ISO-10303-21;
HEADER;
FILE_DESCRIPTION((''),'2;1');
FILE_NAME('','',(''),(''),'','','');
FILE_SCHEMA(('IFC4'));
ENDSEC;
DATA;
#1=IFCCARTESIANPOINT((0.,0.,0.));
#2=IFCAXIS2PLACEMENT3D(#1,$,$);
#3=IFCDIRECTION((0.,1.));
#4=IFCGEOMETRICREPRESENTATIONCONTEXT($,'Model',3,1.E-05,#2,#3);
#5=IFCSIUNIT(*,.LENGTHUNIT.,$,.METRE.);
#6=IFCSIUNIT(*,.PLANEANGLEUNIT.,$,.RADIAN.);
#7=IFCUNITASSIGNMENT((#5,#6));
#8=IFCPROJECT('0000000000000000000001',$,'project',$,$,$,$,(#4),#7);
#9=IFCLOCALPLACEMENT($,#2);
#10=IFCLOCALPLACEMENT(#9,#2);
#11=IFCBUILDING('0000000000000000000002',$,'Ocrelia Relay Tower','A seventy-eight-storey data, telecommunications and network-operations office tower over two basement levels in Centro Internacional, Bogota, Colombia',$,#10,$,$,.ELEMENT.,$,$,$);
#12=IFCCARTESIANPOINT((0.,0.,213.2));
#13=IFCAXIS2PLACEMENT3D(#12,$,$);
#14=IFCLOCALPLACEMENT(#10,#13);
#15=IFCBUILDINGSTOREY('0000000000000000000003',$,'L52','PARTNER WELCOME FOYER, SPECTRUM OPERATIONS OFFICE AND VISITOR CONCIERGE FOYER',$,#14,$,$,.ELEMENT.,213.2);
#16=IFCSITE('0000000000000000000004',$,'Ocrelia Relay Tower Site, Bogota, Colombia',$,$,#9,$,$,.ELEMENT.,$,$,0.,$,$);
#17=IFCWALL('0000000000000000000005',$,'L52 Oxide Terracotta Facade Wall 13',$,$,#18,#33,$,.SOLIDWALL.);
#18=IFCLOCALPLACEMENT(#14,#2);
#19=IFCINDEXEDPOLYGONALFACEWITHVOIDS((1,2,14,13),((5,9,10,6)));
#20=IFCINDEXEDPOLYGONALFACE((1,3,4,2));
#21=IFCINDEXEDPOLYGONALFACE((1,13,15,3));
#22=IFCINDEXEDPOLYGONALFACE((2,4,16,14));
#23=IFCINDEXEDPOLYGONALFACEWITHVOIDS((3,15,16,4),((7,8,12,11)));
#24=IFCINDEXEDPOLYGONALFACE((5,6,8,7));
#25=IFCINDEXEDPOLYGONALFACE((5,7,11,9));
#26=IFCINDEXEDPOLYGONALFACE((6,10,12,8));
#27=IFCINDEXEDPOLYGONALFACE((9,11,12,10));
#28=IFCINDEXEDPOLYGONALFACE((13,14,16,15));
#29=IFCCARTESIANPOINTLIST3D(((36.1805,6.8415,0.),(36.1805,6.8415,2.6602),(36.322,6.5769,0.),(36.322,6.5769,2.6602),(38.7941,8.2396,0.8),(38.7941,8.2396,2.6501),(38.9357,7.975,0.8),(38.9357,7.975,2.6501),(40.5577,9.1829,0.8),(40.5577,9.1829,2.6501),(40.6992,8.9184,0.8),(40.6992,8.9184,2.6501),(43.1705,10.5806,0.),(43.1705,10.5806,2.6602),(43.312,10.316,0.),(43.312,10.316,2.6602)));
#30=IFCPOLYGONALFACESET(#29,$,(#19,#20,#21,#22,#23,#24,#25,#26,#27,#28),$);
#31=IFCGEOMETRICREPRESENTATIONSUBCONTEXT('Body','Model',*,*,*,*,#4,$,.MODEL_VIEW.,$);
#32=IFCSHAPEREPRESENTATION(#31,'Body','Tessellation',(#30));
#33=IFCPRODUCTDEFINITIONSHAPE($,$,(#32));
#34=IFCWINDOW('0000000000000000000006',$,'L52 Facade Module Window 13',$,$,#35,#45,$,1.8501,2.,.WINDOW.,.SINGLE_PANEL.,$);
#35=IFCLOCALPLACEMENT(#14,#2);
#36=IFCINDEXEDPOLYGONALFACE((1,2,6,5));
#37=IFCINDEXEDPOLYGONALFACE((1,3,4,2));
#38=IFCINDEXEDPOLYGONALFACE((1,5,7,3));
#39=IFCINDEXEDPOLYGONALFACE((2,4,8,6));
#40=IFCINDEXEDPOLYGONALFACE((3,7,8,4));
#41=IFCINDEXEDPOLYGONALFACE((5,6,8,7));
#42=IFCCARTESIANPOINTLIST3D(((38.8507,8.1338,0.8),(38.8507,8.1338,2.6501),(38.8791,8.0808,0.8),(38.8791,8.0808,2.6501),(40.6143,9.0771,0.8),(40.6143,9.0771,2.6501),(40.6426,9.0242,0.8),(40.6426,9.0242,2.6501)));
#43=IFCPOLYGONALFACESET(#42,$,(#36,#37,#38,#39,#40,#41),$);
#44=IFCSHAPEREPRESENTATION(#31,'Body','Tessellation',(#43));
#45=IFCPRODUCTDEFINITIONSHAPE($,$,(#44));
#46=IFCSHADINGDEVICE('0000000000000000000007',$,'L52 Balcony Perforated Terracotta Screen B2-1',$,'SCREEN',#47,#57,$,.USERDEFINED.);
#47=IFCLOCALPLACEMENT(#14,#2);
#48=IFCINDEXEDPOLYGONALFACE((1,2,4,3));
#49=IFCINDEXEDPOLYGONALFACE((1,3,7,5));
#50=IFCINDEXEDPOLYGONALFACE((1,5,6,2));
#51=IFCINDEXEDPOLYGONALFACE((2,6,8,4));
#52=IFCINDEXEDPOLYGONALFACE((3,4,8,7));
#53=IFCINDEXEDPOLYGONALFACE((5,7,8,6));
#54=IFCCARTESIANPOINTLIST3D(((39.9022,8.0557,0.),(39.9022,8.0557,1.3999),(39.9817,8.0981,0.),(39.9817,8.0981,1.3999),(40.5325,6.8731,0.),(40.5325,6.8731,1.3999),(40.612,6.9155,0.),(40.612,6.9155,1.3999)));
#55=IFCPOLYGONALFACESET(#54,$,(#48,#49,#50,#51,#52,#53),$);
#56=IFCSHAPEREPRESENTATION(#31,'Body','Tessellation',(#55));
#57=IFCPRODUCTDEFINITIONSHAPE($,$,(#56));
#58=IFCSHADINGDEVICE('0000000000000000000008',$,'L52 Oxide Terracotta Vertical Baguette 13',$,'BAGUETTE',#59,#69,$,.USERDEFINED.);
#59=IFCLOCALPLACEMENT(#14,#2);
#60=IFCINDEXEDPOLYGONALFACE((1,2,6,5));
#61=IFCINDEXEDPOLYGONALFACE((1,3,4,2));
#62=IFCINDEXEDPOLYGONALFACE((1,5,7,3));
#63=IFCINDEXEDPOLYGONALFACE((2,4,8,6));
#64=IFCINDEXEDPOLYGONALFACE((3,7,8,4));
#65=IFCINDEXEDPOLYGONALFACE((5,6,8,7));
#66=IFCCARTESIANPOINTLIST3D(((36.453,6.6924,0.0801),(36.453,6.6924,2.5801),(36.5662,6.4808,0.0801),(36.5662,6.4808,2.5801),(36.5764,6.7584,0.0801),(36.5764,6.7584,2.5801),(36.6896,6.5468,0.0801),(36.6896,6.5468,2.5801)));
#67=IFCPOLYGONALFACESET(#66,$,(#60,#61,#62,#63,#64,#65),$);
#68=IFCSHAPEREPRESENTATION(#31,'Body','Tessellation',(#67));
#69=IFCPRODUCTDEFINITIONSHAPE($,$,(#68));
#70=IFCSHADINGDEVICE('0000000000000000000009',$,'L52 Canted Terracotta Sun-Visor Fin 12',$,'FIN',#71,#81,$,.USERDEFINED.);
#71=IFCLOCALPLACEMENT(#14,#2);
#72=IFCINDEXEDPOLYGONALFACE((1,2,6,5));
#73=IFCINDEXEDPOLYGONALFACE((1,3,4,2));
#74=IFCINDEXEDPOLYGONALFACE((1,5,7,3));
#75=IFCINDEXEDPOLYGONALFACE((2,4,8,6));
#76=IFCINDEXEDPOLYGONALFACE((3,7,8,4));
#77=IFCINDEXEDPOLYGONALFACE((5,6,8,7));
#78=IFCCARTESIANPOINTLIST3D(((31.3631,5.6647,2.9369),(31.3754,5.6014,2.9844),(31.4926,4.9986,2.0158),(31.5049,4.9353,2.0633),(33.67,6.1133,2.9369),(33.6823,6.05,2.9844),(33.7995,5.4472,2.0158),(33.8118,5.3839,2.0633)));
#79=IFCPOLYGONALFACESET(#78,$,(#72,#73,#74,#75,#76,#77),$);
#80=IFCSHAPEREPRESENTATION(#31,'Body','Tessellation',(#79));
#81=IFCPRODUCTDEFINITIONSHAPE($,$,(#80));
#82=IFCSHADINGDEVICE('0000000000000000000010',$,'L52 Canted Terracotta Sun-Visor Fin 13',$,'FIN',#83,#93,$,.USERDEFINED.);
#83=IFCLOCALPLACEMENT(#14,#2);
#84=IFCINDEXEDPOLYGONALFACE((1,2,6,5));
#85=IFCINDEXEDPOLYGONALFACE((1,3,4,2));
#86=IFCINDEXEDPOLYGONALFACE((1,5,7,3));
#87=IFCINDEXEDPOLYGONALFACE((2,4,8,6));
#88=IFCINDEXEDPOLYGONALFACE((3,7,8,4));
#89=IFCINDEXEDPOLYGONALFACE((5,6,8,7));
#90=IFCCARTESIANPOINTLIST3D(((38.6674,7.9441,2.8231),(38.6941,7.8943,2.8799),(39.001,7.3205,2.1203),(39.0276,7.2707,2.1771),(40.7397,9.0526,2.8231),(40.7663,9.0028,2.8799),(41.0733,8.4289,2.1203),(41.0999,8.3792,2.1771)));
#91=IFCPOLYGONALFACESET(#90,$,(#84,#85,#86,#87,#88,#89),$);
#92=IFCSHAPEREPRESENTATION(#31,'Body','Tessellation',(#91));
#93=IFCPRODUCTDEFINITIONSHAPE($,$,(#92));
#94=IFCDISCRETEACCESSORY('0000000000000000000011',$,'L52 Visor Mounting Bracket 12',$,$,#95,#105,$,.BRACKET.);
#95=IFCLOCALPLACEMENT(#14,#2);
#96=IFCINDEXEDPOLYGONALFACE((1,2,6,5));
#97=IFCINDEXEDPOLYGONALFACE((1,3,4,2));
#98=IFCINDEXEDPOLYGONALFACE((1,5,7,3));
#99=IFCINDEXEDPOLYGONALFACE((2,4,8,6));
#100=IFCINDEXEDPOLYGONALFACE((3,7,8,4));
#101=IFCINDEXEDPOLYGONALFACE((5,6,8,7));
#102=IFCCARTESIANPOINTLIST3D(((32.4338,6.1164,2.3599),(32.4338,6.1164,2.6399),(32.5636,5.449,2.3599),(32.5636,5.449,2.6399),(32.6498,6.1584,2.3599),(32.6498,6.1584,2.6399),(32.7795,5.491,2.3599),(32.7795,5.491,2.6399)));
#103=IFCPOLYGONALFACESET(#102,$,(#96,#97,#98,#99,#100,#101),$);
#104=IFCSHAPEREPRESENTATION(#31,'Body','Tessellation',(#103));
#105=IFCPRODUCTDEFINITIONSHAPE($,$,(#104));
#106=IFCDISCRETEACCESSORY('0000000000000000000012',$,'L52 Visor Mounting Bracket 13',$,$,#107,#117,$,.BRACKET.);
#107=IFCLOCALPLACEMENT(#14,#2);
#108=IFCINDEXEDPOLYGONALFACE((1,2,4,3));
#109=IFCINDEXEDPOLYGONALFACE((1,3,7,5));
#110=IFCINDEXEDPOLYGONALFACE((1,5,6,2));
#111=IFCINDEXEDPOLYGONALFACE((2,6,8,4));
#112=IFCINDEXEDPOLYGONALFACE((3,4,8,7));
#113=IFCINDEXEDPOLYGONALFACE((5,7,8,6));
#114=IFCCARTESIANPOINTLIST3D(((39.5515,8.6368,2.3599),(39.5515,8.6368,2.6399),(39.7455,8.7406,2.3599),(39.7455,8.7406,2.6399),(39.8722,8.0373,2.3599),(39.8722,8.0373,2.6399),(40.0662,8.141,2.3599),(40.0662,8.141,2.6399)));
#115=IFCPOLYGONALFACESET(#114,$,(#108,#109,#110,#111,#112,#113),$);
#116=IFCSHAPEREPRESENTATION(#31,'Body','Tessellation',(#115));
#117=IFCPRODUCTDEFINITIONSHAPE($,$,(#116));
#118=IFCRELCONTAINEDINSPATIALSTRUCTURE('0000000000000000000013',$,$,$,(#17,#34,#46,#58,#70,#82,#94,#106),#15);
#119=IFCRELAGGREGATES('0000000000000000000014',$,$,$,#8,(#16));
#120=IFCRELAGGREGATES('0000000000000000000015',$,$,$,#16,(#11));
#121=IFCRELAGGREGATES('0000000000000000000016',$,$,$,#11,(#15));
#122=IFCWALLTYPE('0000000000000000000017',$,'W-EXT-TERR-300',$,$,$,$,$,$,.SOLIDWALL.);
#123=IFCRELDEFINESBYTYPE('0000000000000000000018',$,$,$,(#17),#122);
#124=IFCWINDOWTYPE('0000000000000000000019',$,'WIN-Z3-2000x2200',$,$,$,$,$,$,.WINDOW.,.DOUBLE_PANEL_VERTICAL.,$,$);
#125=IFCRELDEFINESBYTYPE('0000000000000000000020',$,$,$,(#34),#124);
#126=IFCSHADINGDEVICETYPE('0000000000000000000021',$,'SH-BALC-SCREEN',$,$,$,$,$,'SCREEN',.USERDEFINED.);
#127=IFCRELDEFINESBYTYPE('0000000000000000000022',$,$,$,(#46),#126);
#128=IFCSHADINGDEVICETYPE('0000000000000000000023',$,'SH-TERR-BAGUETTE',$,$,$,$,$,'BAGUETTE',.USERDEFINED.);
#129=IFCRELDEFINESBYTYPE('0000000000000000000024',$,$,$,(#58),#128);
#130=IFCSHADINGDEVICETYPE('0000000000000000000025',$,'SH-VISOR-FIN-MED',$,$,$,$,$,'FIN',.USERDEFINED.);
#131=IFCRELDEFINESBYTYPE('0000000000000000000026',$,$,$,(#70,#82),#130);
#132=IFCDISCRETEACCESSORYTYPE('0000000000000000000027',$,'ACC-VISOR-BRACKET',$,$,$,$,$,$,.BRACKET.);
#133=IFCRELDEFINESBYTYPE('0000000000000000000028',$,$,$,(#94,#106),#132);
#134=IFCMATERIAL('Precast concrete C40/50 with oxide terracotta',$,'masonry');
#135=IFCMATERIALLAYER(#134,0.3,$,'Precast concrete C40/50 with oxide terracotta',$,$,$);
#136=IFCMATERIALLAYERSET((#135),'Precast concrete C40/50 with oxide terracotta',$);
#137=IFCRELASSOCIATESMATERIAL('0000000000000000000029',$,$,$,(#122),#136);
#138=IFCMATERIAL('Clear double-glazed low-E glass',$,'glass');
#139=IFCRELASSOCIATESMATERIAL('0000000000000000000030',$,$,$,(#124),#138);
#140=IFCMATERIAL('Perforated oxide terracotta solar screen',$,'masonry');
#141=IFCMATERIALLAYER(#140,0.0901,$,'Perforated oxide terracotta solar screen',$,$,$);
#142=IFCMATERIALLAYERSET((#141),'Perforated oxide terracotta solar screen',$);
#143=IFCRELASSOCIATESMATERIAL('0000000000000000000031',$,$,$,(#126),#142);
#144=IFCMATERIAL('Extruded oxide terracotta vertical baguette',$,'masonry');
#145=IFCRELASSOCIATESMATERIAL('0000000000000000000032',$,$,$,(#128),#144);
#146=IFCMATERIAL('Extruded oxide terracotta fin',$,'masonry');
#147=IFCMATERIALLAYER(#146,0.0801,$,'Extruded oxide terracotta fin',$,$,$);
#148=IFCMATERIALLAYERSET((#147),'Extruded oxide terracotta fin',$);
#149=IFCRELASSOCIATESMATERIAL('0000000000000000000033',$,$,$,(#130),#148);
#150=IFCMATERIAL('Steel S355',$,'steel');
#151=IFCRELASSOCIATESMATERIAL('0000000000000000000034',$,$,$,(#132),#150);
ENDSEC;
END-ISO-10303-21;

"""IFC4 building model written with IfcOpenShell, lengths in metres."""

from ifc_helpers import new_model, si_unit, direction, frame, frame_2d, origin, origin_2d, place, context, subcontext, project, spatial, rectangle, extrude, material, layer, layer_set, type_object, element, fill, save


model = new_model("IFC4")

# Units and contexts
model_context = context("Model", 3, precision=1e-05, world=origin(), true_north=direction((0.0, 1.0)))
body_context = subcontext(model_context, "Body", "Model", "MODEL_VIEW")
ifc_project = project(units=[si_unit("LENGTHUNIT", "METRE"), si_unit("PLANEANGLEUNIT", "RADIAN")], contexts=[model_context])

# Site, building, storey
site_placement = place(None, origin())
site = spatial("IfcSite", under=ifc_project, at=site_placement, Name="Ocrelia Relay Tower Site, Bogota, Colombia", CompositionType="ELEMENT", RefElevation=0.0)
building_placement = place(site_placement, origin())
building = spatial("IfcBuilding", under=site, at=building_placement, Name="Ocrelia Relay Tower", Description="A seventy-eight-storey data, telecommunications and network-operations office tower over two basement levels in Centro Internacional, Bogota, Colombia", CompositionType="ELEMENT")
storey_placement = place(building_placement, frame((0.0, 0.0, 213.2)))
storey = spatial("IfcBuildingStorey", under=building, at=storey_placement, Name="L52", Description="PARTNER WELCOME FOYER, SPECTRUM OPERATIONS OFFICE AND VISITOR CONCIERGE FOYER", CompositionType="ELEMENT", Elevation=213.2)

# Shared definitions
ifc_material_1 = material(Name="Steel S355", Category="steel")

# Wall, opening, window
ifc_material_2 = material(Name="Precast concrete C40/50 with oxide terracotta", Category="masonry")
ifc_layer_1 = layer(ifc_material_2, 0.3, Name="Precast concrete C40/50 with oxide terracotta")
ifc_layer_set_1 = layer_set([ifc_layer_1], Name="Precast concrete C40/50 with oxide terracotta")
wall_type_1 = type_object("IfcWallType", Name="W-EXT-TERR-300", PredefinedType="SOLIDWALL", material=ifc_layer_set_1)
wall_1_placement = place(storey_placement, frame((36.2512, 6.7092, 0.0), z_axis=(0.0, 0.0, 1.0), x_axis=(0.881775, 0.47167, 0.0)))
wall_1 = element("IfcWall", 1, at=wall_1_placement, inside=storey, type_object=wall_type_1, Name="L52 Oxide Terracotta Facade Wall 13", PredefinedType="SOLIDWALL", context=body_context, shape_type="SweptSolid", body=[
    extrude(rectangle(XDim=7.9272, YDim=0.3, at=frame_2d((3.9636, 0.0))), origin(), (0.0, 0.0, 1.0), 2.6602),
])
opening_1_placement = place(wall_1_placement, frame((2.9641, 0.0, 0.8)))
opening_1 = element("IfcOpeningElement", 2, at=opening_1_placement, cuts=wall_1, PredefinedType="OPENING", context=body_context, shape_type="SweptSolid", body=[
    extrude(rectangle(XDim=2.0, YDim=1.8501, at=frame_2d((1.0, 0.925))), frame((0.0, 0.1602, 0.0), z_axis=(0.0, -1.0, 0.0), x_axis=(1.0, 0.0, 0.0)), (0.0, 0.0, 1.0), 0.3201),
])
ifc_material_3 = material(Name="Clear double-glazed low-E glass", Category="glass")
window_type = type_object("IfcWindowType", Name="WIN-Z3-2000x2200", PartitioningType="DOUBLE_PANEL_VERTICAL", PredefinedType="WINDOW", material=ifc_material_3)
window_placement = place(opening_1_placement, origin())
window = element("IfcWindow", 3, at=window_placement, inside=storey, type_object=window_type, Name="L52 Facade Module Window 13", OverallHeight=1.8501, OverallWidth=2.0, PartitioningType="SINGLE_PANEL", PredefinedType="WINDOW", context=body_context, shape_type="SweptSolid", body=[
    extrude(rectangle(XDim=2.0, YDim=1.8501, at=frame_2d((1.0, 0.925))), frame((0.0, 0.03, 0.0), z_axis=(0.0, -1.0, 0.0), x_axis=(1.0, 0.0, 0.0)), (0.0, 0.0, 1.0), 0.0601),
])
fill(opening_1, window)

# Shading devices
ifc_material_4 = material(Name="Perforated oxide terracotta solar screen", Category="masonry")
ifc_layer_2 = layer(ifc_material_4, 0.0901, Name="Perforated oxide terracotta solar screen")
ifc_layer_set_2 = layer_set([ifc_layer_2], Name="Perforated oxide terracotta solar screen")
shading_device_type_1 = type_object("IfcShadingDeviceType", Name="SH-BALC-SCREEN", ElementType="SCREEN", PredefinedType="USERDEFINED", material=ifc_layer_set_2)
shading_device_1_placement = place(storey_placement, frame((40.2571, 7.4856, 0.0), z_axis=(0.0, 0.0, 1.0), x_axis=(0.470313, -0.8825, 0.0)))
element("IfcShadingDevice", 4, at=shading_device_1_placement, inside=storey, type_object=shading_device_type_1, Name="L52 Balcony Perforated Terracotta Screen B2-1", ObjectType="SCREEN", PredefinedType="USERDEFINED", context=body_context, shape_type="SweptSolid", body=[
    extrude(rectangle(XDim=1.3401, YDim=0.0901, at=origin_2d()), origin(), (0.0, 0.0, 1.0), 1.3999),
])
ifc_material_5 = material(Name="Extruded oxide terracotta vertical baguette", Category="masonry")
shading_device_type_2 = type_object("IfcShadingDeviceType", Name="SH-TERR-BAGUETTE", ElementType="BAGUETTE", PredefinedType="USERDEFINED", material=ifc_material_5)
shading_device_2_placement = place(storey_placement, frame((36.5713, 6.6196, 0.0801), z_axis=(0.0, 0.0, 1.0), x_axis=(0.881781, 0.471658, 0.0)))
element("IfcShadingDevice", 5, at=shading_device_2_placement, inside=storey, type_object=shading_device_type_2, Name="L52 Oxide Terracotta Vertical Baguette 13", ObjectType="BAGUETTE", PredefinedType="USERDEFINED", context=body_context, shape_type="SweptSolid", body=[
    extrude(rectangle(XDim=0.1399, YDim=0.24, at=origin_2d()), origin(), (0.0, 0.0, 1.0), 2.5),
])
ifc_material_6 = material(Name="Extruded oxide terracotta fin", Category="masonry")
ifc_layer_3 = layer(ifc_material_6, 0.0801, Name="Extruded oxide terracotta fin")
ifc_layer_set_3 = layer_set([ifc_layer_3], Name="Extruded oxide terracotta fin")
shading_device_type_3 = type_object("IfcShadingDeviceType", Name="SH-VISOR-FIN-MED", ElementType="FIN", PredefinedType="USERDEFINED", material=ifc_layer_set_3)
shading_device_3_placement = place(storey_placement, frame((32.5813, 5.5559, 2.4763), z_axis=(0.153684, -0.790297, 0.593138), x_axis=(0.981612, 0.190888, 0.0)))
element("IfcShadingDevice", 6, at=shading_device_3_placement, inside=storey, type_object=shading_device_type_3, Name="L52 Canted Terracotta Sun-Visor Fin 12", ObjectType="FIN", PredefinedType="USERDEFINED", context=body_context, shape_type="SweptSolid", body=[
    extrude(rectangle(XDim=2.3501, YDim=1.144, at=origin_2d()), origin(), (0.0, 0.0, 1.0), 0.0801),
])
shading_device_4_placement = place(storey_placement, frame((39.8704, 8.1865, 2.4717), z_axis=(0.332463, -0.621552, 0.709325), x_axis=(0.881781, 0.471658, 0.0)))
element("IfcShadingDevice", 7, at=shading_device_4_placement, inside=storey, type_object=shading_device_type_3, Name="L52 Canted Terracotta Sun-Visor Fin 13", ObjectType="FIN", PredefinedType="USERDEFINED", context=body_context, shape_type="SweptSolid", body=[
    extrude(rectangle(XDim=2.3501, YDim=0.9971, at=origin_2d()), origin(), (0.0, 0.0, 1.0), 0.0801),
])

# Discrete accessories
discrete_accessory_type = type_object("IfcDiscreteAccessoryType", Name="ACC-VISOR-BRACKET", PredefinedType="BRACKET", material=ifc_material_1)
for number, where, z_axis, x_axis, name in (
    (8, (32.6067, 5.8037, 2.3599), (0.0, 0.0, 1.0), (0.981612, 0.190888, 0.0), "L52 Visor Mounting Bracket 12"),
    (9, (39.8088, 8.3889, 2.3599), (0.0, 0.0, 1.0), (0.881781, 0.471658, 0.0), "L52 Visor Mounting Bracket 13"),
):
    element("IfcDiscreteAccessory", number, at=place(storey_placement, frame(where, z_axis=z_axis, x_axis=x_axis)), inside=storey, type_object=discrete_accessory_type, Name=name, PredefinedType="BRACKET", context=body_context, shape_type="SweptSolid", body=[
        extrude(rectangle(XDim=0.22, YDim=0.6799, at=origin_2d()), origin(), (0.0, 0.0, 1.0), 0.28),
    ])

save(model, "model.ifc")
